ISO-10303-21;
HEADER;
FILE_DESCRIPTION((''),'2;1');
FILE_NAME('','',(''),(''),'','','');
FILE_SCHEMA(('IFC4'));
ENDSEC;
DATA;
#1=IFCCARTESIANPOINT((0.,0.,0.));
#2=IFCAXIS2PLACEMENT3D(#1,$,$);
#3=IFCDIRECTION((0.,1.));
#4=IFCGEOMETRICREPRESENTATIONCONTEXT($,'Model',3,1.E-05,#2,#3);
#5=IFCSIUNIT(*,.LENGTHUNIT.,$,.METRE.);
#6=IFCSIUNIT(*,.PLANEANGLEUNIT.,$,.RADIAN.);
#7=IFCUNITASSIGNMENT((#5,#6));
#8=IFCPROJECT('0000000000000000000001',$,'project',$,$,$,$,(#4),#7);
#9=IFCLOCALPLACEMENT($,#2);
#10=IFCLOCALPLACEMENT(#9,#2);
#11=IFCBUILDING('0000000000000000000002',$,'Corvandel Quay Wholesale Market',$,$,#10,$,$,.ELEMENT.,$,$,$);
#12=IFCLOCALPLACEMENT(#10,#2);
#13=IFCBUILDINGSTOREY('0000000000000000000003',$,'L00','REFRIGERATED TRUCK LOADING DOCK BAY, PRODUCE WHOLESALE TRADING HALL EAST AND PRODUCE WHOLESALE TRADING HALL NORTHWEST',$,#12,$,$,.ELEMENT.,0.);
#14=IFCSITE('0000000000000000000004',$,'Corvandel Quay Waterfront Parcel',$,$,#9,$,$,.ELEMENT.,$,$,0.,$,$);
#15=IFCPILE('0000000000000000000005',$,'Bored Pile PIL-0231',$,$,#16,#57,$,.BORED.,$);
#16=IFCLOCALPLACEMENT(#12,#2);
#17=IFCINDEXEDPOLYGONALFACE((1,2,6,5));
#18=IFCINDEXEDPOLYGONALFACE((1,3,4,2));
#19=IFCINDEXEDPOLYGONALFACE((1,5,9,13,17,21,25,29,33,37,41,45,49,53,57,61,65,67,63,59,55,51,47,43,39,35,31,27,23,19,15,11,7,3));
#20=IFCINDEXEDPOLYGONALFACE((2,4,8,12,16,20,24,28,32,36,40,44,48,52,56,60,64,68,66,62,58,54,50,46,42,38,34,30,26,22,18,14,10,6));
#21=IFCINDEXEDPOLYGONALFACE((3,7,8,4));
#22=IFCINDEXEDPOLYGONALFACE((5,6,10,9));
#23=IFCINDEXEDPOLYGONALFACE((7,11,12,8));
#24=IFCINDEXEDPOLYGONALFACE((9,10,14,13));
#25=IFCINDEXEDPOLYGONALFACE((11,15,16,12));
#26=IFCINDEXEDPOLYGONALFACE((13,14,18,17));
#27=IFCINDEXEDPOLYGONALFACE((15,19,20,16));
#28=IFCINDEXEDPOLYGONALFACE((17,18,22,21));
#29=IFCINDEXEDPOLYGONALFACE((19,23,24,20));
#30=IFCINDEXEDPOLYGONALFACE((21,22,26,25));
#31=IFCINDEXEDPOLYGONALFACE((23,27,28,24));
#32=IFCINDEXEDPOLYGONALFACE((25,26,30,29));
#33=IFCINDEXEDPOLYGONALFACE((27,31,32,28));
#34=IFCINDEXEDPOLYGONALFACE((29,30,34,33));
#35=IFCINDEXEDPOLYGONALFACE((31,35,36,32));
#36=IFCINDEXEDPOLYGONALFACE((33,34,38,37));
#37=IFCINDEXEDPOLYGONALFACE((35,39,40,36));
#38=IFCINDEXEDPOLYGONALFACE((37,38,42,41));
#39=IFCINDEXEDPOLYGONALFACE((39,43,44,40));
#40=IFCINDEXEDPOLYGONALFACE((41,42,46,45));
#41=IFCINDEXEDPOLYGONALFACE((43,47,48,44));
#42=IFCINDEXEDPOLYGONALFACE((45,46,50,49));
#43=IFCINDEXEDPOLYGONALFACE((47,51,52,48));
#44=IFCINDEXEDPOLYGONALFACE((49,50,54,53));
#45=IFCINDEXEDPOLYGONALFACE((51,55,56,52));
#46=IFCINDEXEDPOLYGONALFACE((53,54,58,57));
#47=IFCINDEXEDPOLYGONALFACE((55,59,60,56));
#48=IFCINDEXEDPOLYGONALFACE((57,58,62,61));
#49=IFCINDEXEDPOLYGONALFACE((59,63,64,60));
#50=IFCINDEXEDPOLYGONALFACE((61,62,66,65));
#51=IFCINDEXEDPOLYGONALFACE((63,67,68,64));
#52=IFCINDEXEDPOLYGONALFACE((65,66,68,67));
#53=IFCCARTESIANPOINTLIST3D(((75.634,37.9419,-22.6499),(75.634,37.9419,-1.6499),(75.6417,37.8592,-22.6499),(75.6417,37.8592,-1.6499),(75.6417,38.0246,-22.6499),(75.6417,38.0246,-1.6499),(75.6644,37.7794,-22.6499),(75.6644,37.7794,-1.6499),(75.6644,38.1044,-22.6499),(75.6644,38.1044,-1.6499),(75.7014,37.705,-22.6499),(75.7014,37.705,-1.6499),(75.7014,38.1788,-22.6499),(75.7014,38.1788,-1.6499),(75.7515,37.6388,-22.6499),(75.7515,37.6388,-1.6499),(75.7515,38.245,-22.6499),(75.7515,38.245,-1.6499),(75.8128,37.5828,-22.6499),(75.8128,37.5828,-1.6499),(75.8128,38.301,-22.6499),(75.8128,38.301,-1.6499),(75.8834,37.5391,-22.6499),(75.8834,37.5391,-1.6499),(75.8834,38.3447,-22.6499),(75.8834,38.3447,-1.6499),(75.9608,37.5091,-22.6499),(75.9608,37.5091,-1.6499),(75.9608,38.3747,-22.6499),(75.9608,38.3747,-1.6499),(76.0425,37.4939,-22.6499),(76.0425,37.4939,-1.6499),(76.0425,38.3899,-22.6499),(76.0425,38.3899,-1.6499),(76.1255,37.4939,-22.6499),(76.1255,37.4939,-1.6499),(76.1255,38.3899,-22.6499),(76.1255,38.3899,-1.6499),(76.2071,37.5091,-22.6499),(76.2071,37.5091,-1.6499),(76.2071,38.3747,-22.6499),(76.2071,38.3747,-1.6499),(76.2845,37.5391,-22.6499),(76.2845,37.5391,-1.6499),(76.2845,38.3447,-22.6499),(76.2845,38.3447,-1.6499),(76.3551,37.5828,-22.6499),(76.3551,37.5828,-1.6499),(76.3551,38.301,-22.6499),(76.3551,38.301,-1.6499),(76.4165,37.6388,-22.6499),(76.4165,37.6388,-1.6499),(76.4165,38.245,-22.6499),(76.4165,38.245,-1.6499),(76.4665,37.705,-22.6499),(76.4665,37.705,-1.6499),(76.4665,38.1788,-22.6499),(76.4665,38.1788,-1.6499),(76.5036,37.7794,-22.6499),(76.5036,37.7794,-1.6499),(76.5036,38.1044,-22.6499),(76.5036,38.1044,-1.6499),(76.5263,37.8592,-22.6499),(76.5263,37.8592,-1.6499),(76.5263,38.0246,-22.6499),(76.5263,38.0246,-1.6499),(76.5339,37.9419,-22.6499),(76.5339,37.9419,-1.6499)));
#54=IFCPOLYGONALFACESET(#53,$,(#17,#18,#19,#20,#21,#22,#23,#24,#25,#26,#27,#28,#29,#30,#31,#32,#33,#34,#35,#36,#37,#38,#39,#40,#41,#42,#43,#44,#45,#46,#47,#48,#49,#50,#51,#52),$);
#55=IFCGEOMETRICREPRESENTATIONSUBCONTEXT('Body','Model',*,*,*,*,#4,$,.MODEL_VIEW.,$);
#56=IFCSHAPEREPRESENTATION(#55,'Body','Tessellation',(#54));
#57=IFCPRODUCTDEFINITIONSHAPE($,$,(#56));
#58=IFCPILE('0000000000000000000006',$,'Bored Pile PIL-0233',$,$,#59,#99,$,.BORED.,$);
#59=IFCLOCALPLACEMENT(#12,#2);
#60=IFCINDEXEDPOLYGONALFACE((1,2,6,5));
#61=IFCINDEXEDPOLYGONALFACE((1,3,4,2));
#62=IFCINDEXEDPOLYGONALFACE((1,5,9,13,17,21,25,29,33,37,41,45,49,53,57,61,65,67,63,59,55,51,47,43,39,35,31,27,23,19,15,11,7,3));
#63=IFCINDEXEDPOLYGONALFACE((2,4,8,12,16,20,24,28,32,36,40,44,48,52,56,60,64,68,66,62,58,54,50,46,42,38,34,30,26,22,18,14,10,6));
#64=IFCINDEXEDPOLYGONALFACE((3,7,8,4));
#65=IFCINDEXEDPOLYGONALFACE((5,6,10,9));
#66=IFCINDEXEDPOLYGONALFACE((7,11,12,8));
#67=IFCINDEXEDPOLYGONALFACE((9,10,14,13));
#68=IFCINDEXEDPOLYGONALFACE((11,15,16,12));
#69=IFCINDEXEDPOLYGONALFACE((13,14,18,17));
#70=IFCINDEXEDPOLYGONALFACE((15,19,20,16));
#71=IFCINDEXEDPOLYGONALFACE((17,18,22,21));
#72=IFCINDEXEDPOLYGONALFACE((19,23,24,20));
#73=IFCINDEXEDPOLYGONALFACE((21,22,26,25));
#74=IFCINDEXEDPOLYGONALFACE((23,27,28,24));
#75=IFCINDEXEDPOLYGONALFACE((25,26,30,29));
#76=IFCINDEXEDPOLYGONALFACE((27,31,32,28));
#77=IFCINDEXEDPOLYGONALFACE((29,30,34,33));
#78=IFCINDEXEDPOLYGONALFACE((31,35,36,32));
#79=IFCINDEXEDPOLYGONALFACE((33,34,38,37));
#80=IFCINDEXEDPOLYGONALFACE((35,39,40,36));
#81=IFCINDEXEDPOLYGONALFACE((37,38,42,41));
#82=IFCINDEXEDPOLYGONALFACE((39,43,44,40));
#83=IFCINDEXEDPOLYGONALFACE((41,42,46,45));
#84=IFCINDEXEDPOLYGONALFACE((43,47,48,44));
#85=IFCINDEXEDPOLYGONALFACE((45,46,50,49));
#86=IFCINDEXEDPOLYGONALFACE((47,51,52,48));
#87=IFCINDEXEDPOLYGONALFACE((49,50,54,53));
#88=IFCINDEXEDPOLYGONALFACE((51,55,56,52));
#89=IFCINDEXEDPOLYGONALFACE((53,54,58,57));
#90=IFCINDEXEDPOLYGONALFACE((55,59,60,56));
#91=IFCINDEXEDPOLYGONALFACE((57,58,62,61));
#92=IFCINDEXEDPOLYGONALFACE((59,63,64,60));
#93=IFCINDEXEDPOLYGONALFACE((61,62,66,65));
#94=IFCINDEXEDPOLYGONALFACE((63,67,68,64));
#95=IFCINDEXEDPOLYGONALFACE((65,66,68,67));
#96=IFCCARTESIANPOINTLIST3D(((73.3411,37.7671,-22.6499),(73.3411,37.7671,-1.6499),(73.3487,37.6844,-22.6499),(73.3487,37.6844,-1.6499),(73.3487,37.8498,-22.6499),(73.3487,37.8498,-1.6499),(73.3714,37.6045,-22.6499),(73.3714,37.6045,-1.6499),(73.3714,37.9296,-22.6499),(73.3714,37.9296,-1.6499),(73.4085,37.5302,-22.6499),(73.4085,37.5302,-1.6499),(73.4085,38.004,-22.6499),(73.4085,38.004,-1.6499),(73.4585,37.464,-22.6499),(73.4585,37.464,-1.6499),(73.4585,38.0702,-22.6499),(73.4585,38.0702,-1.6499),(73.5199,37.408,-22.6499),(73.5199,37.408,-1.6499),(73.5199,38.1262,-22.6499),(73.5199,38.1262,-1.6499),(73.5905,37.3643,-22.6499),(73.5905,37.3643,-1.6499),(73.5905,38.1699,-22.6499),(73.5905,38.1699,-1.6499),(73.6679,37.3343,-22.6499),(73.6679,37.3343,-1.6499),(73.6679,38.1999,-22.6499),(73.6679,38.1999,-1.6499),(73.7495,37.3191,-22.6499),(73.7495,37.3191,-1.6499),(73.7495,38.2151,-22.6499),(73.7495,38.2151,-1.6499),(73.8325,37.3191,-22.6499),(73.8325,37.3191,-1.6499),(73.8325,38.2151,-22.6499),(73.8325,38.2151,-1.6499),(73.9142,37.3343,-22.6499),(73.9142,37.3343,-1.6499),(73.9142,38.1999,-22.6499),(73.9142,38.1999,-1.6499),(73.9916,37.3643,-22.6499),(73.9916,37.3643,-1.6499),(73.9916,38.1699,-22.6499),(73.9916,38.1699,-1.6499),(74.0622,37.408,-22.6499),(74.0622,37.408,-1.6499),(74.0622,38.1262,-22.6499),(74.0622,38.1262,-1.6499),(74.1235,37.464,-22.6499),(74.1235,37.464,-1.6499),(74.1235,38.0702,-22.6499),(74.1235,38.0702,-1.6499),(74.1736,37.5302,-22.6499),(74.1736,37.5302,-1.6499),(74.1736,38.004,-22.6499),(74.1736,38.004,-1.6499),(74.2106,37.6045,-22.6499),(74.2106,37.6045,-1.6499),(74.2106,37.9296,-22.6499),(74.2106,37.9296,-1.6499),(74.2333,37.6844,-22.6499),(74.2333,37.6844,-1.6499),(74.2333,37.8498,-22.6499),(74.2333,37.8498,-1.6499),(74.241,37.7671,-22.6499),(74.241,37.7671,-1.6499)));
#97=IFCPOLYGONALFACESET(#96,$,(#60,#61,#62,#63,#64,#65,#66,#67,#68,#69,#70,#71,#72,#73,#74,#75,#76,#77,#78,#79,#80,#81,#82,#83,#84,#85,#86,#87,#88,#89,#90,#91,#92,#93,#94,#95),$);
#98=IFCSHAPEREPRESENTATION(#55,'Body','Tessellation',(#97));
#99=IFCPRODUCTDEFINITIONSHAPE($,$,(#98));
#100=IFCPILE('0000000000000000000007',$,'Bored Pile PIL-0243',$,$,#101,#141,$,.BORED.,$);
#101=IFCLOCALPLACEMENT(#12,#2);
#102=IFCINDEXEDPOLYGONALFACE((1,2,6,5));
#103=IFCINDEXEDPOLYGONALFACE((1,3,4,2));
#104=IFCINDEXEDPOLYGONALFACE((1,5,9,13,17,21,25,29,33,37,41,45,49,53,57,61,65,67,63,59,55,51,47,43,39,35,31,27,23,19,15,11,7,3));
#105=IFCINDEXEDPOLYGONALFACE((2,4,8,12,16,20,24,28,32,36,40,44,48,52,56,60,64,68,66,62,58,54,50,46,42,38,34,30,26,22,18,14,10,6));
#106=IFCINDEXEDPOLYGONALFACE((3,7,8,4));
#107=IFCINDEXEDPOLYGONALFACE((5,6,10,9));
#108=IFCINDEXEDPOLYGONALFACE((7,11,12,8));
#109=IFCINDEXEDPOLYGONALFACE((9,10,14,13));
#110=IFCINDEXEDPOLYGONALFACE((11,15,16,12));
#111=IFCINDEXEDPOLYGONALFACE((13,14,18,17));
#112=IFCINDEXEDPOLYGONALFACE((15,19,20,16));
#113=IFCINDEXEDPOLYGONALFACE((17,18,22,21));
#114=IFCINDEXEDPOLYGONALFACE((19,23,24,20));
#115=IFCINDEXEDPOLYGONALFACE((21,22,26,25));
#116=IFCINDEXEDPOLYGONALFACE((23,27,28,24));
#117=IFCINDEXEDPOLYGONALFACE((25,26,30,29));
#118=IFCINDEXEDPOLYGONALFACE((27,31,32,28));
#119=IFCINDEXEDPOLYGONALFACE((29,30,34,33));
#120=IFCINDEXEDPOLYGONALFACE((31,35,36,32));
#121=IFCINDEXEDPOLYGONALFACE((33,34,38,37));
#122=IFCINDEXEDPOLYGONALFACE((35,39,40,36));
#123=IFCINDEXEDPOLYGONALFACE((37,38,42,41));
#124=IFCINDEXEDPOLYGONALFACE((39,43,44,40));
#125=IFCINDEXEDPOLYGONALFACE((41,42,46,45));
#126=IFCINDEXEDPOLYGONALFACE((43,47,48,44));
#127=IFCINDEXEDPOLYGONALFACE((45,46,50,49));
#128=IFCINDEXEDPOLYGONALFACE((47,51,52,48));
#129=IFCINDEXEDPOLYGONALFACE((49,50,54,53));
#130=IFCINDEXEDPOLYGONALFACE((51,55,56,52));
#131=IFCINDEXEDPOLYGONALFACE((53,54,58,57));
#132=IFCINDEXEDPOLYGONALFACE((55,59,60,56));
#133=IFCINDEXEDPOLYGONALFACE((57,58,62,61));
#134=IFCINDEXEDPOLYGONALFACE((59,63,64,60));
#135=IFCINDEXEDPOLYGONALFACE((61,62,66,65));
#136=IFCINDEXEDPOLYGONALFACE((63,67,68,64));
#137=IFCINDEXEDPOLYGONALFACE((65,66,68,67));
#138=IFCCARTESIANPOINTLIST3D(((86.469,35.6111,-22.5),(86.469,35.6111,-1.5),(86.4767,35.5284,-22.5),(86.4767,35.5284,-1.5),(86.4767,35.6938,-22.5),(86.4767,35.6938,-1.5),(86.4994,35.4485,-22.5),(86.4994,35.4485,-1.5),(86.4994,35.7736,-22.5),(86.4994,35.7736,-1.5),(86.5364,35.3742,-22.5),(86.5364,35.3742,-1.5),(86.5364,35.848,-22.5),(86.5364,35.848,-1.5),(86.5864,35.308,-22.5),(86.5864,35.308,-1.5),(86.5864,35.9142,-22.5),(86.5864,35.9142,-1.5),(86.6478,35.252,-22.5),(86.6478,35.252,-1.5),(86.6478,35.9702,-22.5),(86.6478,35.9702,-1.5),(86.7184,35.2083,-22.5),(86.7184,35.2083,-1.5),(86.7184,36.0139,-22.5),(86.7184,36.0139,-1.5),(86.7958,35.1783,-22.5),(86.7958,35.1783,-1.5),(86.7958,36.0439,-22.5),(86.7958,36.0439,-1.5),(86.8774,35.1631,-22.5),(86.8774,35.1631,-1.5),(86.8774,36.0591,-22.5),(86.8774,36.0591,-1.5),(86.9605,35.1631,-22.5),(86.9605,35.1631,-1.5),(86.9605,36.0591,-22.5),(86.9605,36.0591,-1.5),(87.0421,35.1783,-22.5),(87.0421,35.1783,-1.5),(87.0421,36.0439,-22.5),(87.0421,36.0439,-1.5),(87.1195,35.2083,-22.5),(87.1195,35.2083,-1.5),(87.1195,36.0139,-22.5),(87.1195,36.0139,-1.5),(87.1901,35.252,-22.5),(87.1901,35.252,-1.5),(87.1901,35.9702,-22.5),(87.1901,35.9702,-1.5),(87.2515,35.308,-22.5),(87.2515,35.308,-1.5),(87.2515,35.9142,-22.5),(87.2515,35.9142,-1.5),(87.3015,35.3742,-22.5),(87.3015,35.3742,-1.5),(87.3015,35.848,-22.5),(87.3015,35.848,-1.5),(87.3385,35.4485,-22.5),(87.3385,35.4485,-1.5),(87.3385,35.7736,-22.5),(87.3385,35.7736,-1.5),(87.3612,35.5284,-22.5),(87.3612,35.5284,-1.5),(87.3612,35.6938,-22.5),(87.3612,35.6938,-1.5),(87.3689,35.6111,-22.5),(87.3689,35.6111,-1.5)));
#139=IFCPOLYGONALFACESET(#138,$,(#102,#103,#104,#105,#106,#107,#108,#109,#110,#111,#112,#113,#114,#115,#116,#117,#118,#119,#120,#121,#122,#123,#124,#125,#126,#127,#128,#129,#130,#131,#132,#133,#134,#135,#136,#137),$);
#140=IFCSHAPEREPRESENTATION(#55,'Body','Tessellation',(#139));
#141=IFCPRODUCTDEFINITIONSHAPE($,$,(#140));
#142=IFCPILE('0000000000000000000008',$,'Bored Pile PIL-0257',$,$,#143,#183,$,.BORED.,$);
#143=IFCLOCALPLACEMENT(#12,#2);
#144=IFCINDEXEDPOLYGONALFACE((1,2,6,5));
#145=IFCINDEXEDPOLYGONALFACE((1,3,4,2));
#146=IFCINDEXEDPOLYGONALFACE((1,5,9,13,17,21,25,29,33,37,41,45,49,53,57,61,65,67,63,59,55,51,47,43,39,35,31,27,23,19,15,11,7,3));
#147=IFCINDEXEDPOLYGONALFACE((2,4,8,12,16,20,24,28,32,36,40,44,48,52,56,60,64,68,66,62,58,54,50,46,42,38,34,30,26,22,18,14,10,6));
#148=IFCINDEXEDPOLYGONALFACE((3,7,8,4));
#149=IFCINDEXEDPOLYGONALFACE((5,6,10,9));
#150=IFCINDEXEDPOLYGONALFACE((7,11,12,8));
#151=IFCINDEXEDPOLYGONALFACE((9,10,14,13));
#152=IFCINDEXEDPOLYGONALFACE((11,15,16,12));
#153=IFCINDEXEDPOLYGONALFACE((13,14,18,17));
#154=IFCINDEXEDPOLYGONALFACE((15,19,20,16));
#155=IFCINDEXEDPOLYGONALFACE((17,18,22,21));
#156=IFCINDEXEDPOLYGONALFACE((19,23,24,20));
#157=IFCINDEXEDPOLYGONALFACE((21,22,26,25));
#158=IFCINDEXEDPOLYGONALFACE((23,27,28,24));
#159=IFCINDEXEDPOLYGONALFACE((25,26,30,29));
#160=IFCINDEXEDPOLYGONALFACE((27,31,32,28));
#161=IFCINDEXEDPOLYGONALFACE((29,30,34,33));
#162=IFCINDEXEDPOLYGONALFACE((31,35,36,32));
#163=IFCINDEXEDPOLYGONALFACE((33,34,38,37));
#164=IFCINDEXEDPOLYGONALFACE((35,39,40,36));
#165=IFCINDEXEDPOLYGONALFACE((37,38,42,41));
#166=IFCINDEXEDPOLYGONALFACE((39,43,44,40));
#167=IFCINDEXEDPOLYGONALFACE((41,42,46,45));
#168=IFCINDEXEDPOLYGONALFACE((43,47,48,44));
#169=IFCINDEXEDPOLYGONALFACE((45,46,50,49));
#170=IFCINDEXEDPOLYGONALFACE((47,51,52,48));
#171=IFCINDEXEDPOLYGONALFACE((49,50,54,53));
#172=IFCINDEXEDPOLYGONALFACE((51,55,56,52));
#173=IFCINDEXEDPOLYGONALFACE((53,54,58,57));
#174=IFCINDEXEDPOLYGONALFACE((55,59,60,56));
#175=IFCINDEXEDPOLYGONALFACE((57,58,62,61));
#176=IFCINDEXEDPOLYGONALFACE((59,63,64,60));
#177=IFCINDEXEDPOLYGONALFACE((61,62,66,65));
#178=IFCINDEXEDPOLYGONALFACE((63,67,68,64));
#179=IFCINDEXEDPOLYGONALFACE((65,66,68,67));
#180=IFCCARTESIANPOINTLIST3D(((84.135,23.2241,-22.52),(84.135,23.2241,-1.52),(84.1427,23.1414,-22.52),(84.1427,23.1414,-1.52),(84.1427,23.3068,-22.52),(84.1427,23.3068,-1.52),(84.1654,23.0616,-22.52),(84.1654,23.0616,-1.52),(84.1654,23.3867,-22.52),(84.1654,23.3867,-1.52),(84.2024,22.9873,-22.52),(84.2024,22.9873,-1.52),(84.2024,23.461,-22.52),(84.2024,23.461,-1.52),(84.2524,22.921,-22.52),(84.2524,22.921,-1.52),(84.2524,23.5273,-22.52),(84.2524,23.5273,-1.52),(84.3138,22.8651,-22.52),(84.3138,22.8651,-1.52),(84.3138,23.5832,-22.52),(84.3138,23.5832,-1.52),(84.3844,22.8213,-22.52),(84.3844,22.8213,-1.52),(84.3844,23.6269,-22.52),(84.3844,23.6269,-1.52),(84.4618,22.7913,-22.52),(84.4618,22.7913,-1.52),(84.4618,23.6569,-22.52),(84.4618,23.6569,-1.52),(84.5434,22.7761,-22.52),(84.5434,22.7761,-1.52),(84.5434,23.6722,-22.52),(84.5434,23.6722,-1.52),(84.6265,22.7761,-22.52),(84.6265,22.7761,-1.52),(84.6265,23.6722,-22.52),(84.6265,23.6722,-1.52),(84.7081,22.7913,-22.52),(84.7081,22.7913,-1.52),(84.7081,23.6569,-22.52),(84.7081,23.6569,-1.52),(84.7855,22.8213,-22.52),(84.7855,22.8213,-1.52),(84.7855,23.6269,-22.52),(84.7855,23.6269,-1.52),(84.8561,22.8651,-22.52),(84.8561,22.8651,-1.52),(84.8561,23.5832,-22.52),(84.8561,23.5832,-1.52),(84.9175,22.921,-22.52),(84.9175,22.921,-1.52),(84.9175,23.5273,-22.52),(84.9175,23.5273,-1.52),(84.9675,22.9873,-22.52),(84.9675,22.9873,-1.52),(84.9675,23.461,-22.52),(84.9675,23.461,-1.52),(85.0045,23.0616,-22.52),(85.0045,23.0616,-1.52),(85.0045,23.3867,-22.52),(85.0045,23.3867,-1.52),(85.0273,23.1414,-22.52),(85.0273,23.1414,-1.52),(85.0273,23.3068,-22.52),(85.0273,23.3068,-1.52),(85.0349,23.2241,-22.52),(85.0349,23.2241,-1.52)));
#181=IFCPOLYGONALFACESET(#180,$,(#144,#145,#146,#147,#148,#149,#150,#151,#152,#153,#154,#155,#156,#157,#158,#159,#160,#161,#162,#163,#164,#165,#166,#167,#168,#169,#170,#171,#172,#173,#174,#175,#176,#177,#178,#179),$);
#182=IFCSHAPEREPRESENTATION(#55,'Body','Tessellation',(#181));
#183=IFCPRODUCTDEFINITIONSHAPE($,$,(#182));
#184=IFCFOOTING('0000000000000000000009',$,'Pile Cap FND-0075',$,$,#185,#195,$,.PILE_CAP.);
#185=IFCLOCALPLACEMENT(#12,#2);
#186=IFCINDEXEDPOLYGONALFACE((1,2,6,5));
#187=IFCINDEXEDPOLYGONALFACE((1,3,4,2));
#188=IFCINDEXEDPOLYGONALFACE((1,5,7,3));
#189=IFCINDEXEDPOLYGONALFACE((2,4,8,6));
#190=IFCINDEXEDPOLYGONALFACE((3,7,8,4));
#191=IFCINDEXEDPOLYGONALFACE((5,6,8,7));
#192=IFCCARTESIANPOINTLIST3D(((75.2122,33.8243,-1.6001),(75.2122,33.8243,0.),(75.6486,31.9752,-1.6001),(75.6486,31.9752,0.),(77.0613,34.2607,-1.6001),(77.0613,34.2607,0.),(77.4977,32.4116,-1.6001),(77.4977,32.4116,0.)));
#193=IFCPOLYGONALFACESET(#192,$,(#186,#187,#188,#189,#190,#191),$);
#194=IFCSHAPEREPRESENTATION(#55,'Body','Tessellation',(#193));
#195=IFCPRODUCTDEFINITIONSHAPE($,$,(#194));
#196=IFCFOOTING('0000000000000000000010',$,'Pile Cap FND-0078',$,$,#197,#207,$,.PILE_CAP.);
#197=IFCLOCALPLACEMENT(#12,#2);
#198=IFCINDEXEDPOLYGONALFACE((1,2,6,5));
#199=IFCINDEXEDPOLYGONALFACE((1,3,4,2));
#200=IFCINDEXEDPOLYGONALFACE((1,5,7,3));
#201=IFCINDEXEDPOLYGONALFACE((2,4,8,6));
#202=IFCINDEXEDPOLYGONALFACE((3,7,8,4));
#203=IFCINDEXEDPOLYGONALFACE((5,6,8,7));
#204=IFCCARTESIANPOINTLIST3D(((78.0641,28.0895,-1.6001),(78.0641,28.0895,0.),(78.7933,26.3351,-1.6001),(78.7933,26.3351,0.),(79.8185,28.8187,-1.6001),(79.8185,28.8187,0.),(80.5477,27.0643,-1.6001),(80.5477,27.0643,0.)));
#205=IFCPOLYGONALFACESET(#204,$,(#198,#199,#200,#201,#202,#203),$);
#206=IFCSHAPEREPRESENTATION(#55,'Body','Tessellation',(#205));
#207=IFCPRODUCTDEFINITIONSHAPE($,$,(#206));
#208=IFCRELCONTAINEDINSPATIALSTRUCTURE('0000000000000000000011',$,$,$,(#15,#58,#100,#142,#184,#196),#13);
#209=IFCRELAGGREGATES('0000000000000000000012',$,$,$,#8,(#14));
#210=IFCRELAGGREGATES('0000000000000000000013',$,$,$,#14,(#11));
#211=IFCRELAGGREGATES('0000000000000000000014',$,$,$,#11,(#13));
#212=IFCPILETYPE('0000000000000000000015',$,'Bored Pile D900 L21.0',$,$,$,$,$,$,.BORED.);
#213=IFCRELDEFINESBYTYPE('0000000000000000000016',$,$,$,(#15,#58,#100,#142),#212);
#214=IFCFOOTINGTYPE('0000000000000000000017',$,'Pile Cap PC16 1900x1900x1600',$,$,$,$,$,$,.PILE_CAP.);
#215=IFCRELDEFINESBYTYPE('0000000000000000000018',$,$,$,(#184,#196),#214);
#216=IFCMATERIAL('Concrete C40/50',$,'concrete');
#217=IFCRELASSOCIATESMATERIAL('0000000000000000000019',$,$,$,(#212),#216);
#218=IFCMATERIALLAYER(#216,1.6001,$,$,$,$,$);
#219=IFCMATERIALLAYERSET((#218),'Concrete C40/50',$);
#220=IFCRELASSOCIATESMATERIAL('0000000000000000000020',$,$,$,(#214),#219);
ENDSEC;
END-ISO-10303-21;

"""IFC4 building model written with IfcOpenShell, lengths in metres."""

from ifc_helpers import new_model, si_unit, direction, frame, origin, origin_2d, place, context, subcontext, project, spatial, rectangle, circle, extrude, material, layer, layer_set, material_profile, profile_set, type_object, element, save


model = new_model("IFC4")

# Units and contexts
model_context = context("Model", 3, precision=1e-05, world=origin(), true_north=direction((0.0, 1.0)))
body_context = subcontext(model_context, "Body", "Model", "MODEL_VIEW")
ifc_project = project(units=[si_unit("LENGTHUNIT", "METRE"), si_unit("PLANEANGLEUNIT", "RADIAN")], contexts=[model_context])

# Site, building, storey
site_placement = place(None, origin())
site = spatial("IfcSite", under=ifc_project, at=site_placement, Name="Corvandel Quay Waterfront Parcel", CompositionType="ELEMENT", RefElevation=0.0)
building_placement = place(site_placement, origin())
building = spatial("IfcBuilding", under=site, at=building_placement, Name="Corvandel Quay Wholesale Market", CompositionType="ELEMENT")
storey_placement = place(building_placement, origin())
storey = spatial("IfcBuildingStorey", under=building, at=storey_placement, Name="L00", Description="REFRIGERATED TRUCK LOADING DOCK BAY, PRODUCE WHOLESALE TRADING HALL EAST AND PRODUCE WHOLESALE TRADING HALL NORTHWEST", CompositionType="ELEMENT", Elevation=0.0)

# Piles
ifc_material_1 = material(Name="Concrete C40/50", Category="concrete")
ifc_material_profile_1 = material_profile(ifc_material_1, circle(Radius=0.45, at=origin_2d()), Name="RC-PILE-D900")
ifc_profile_set_1 = profile_set([ifc_material_profile_1], Name="Concrete C40/50")
pile_type_1 = type_object("IfcPileType", Name="Bored Pile D900 L21.0", PredefinedType="BORED", material=ifc_profile_set_1)
for number, where, z_axis, x_axis, name in (
    (1, (76.084, 37.9419, -1.6499), (0.0, 0.0, -1.0), (1.0, 0.0, 0.0), "Bored Pile PIL-0231"),
    (2, (73.791, 37.7671, -1.6499), (0.0, 0.0, -1.0), (1.0, 0.0, 0.0), "Bored Pile PIL-0233"),
    (3, (86.9189, 35.6111, -1.5), (0.0, 0.0, -1.0), (1.0, 0.0, 0.0), "Bored Pile PIL-0243"),
    (4, (84.585, 23.2241, -1.52), (0.0, 0.0, -1.0), (1.0, 0.0, 0.0), "Bored Pile PIL-0257"),
):
    element("IfcPile", number, at=place(storey_placement, frame(where, z_axis=z_axis, x_axis=x_axis)), inside=storey, type_object=pile_type_1, Name=name, PredefinedType="BORED", context=body_context, shape_type="SweptSolid", body=[
        extrude(circle(Radius=0.45, at=origin_2d()), origin(), (0.0, 0.0, 1.0), 21.0),
    ])

# Footings
ifc_layer_1 = layer(ifc_material_1, 1.6001)
ifc_layer_set_1 = layer_set([ifc_layer_1], Name="Concrete C40/50")
footing_type_1 = type_object("IfcFootingType", Name="Pile Cap PC16 1900x1900x1600", PredefinedType="PILE_CAP", material=ifc_layer_set_1)
for number, where, z_axis, x_axis, name in (
    (5, (76.355, 33.1179, -1.6001), (0.0, 0.0, 1.0), (-0.22971, 0.973259, 0.0), "Pile Cap FND-0075"),
    (6, (79.3059, 27.5769, -1.6001), (0.0, 0.0, 1.0), (-0.383812, 0.923411, 0.0), "Pile Cap FND-0078"),
):
    element("IfcFooting", number, at=place(storey_placement, frame(where, z_axis=z_axis, x_axis=x_axis)), inside=storey, type_object=footing_type_1, Name=name, PredefinedType="PILE_CAP", context=body_context, shape_type="SweptSolid", body=[
        extrude(rectangle(XDim=1.8999, YDim=1.8999, at=origin_2d()), origin(), (0.0, 0.0, 1.0), 1.6001),
    ])

save(model, "model.ifc")
